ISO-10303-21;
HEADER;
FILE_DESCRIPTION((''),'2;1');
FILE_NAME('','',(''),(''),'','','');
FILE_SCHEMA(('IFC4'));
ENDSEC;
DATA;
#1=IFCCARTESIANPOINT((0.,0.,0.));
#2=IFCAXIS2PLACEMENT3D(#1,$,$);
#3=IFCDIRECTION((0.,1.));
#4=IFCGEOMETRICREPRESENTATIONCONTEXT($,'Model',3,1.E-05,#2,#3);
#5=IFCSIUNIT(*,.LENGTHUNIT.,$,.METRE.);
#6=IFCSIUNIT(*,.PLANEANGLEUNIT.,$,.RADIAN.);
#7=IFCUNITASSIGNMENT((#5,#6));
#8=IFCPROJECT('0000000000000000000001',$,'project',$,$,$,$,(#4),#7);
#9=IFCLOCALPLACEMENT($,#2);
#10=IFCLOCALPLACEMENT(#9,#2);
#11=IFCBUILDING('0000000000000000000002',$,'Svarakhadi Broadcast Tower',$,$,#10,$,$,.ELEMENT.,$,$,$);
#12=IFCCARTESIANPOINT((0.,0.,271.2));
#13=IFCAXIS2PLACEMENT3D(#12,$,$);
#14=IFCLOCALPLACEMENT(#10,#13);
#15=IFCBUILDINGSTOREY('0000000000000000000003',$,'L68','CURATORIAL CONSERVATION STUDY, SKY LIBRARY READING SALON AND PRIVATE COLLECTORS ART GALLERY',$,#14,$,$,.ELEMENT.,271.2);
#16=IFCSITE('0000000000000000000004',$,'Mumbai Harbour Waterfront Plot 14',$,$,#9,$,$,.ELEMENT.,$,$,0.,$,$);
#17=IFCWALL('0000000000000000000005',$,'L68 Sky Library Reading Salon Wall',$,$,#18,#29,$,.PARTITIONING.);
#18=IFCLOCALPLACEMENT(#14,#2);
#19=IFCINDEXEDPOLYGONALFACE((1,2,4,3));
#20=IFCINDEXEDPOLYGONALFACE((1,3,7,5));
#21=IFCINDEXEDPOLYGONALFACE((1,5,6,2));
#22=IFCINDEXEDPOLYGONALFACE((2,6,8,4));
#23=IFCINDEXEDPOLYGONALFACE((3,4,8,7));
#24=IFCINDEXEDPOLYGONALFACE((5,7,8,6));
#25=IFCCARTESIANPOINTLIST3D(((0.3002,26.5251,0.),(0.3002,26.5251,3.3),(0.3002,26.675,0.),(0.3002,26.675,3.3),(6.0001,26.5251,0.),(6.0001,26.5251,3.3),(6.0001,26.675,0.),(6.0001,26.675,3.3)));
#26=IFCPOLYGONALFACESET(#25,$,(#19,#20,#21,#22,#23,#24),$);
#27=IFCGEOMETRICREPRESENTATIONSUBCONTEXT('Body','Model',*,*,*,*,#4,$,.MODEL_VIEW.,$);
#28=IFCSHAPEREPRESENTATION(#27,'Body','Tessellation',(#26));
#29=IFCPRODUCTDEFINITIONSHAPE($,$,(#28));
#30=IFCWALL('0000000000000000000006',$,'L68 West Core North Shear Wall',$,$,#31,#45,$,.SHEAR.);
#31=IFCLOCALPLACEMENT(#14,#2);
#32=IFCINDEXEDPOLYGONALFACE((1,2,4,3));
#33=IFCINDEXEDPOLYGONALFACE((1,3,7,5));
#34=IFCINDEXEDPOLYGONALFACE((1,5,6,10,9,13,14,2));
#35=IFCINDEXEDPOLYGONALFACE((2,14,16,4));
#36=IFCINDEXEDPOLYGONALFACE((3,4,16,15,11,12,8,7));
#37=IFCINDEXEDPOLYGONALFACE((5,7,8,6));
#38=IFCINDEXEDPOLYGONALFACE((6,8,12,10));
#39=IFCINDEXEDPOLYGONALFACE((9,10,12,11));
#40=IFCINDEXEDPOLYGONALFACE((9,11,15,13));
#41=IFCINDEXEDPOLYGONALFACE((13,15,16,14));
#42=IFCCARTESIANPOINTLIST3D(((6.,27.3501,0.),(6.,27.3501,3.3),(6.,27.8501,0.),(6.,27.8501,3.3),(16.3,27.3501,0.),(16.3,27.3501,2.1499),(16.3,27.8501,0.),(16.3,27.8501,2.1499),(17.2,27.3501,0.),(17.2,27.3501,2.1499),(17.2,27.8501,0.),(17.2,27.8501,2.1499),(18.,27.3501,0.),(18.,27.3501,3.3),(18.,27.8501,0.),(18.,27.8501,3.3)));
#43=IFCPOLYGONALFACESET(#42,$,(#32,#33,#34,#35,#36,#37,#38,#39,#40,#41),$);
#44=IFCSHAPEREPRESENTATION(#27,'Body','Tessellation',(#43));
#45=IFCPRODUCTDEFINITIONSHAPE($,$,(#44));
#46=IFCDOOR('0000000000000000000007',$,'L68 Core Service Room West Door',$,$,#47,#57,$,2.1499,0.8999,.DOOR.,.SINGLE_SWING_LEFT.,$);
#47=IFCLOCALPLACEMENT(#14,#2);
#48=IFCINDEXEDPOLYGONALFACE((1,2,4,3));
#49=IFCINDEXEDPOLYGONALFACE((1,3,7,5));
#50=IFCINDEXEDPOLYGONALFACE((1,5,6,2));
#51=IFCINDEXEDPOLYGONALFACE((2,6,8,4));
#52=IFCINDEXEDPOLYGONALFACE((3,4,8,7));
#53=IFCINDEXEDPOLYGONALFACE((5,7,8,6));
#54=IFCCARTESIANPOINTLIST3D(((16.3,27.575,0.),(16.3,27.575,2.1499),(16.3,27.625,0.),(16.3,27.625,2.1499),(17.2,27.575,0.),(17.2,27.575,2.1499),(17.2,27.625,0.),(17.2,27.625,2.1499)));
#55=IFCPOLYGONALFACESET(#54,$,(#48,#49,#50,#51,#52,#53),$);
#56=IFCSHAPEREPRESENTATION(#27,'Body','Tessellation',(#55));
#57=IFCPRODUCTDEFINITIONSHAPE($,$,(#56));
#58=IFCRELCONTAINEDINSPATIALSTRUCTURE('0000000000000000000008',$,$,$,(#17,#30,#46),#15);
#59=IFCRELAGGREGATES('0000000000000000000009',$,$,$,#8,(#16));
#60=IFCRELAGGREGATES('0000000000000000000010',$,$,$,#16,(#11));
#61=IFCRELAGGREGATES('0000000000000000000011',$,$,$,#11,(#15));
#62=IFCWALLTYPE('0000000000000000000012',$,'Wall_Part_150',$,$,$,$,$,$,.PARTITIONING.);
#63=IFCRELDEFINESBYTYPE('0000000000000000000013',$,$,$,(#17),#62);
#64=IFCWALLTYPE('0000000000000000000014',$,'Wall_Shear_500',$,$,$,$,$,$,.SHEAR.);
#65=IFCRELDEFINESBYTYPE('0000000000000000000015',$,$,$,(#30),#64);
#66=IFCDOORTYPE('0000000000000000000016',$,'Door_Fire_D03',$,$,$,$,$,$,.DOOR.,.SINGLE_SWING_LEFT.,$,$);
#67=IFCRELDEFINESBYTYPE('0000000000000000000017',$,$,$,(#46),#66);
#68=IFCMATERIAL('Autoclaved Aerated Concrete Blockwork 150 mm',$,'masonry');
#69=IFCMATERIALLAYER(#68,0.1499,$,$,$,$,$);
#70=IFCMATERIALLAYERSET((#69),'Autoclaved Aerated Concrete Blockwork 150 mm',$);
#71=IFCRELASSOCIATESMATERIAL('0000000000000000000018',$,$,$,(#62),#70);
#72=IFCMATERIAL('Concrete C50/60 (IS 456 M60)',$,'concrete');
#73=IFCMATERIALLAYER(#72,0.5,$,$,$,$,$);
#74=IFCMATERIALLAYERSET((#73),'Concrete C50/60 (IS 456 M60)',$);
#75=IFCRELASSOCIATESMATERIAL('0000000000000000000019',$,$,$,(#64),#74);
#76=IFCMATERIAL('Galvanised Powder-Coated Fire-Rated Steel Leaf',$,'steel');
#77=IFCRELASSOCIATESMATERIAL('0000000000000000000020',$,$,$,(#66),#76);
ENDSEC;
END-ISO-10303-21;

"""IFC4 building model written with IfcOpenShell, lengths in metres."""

from ifc_helpers import new_model, si_unit, direction, frame, frame_2d, origin, place, context, subcontext, project, spatial, rectangle, extrude, material, layer, layer_set, type_object, element, fill, save


model = new_model("IFC4")

# Units and contexts
model_context = context("Model", 3, precision=1e-05, world=origin(), true_north=direction((0.0, 1.0)))
body_context = subcontext(model_context, "Body", "Model", "MODEL_VIEW")
ifc_project = project(units=[si_unit("LENGTHUNIT", "METRE"), si_unit("PLANEANGLEUNIT", "RADIAN")], contexts=[model_context])

# Site, building, storey
site_placement = place(None, origin())
site = spatial("IfcSite", under=ifc_project, at=site_placement, Name="Mumbai Harbour Waterfront Plot 14", CompositionType="ELEMENT", RefElevation=0.0)
building_placement = place(site_placement, origin())
building = spatial("IfcBuilding", under=site, at=building_placement, Name="Svarakhadi Broadcast Tower", CompositionType="ELEMENT")
storey_placement = place(building_placement, frame((0.0, 0.0, 271.2)))
storey = spatial("IfcBuildingStorey", under=building, at=storey_placement, Name="L68", Description="CURATORIAL CONSERVATION STUDY, SKY LIBRARY READING SALON AND PRIVATE COLLECTORS ART GALLERY", CompositionType="ELEMENT", Elevation=271.2)

# Shared definitions
ifc_material_1 = material(Name="Concrete C50/60 (IS 456 M60)", Category="concrete")

# Wall
ifc_material_2 = material(Name="Autoclaved Aerated Concrete Blockwork 150 mm", Category="masonry")
ifc_layer_1 = layer(ifc_material_2, 0.1499)
ifc_layer_set_1 = layer_set([ifc_layer_1], Name="Autoclaved Aerated Concrete Blockwork 150 mm")
wall_type_1 = type_object("IfcWallType", Name="Wall_Part_150", PredefinedType="PARTITIONING", material=ifc_layer_set_1)
wall_1_placement = place(storey_placement, frame((0.3, 26.6001, 0.0), z_axis=(0.0, 0.0, 1.0), x_axis=(1.0, 0.0, 0.0)))
element("IfcWall", 1, at=wall_1_placement, inside=storey, type_object=wall_type_1, Name="L68 Sky Library Reading Salon Wall", PredefinedType="PARTITIONING", context=body_context, shape_type="SweptSolid", body=[
    extrude(rectangle(XDim=5.7, YDim=0.1499, at=frame_2d((2.8501, 0.0))), origin(), (0.0, 0.0, 1.0), 3.3),
])

# Wall, opening, door
ifc_layer_2 = layer(ifc_material_1, 0.5)
ifc_layer_set_2 = layer_set([ifc_layer_2], Name="Concrete C50/60 (IS 456 M60)")
wall_type_2 = type_object("IfcWallType", Name="Wall_Shear_500", PredefinedType="SHEAR", material=ifc_layer_set_2)
wall_2_placement = place(storey_placement, frame((6.0, 27.6001, 0.0), z_axis=(0.0, 0.0, 1.0), x_axis=(1.0, 0.0, 0.0)))
wall_2 = element("IfcWall", 2, at=wall_2_placement, inside=storey, type_object=wall_type_2, Name="L68 West Core North Shear Wall", PredefinedType="SHEAR", context=body_context, shape_type="SweptSolid", body=[
    extrude(rectangle(XDim=12.0, YDim=0.5, at=frame_2d((6.0, 0.0))), origin(), (0.0, 0.0, 1.0), 3.3),
])
opening_placement = place(wall_2_placement, frame((10.3, 0.0, 0.0)))
opening = element("IfcOpeningElement", 3, at=opening_placement, cuts=wall_2, PredefinedType="OPENING", context=body_context, shape_type="SweptSolid", body=[
    extrude(rectangle(XDim=0.8999, YDim=2.1499, at=frame_2d((0.45, 1.075))), frame((0.0, 0.26, 0.0), z_axis=(0.0, -1.0, 0.0), x_axis=(1.0, 0.0, 0.0)), (0.0, 0.0, 1.0), 0.52),
])
ifc_material_3 = material(Name="Galvanised Powder-Coated Fire-Rated Steel Leaf", Category="steel")
door_type = type_object("IfcDoorType", Name="Door_Fire_D03", OperationType="SINGLE_SWING_LEFT", PredefinedType="DOOR", material=ifc_material_3)
door_placement = place(opening_placement, origin())
door = element("IfcDoor", 4, at=door_placement, inside=storey, type_object=door_type, Name="L68 Core Service Room West Door", OperationType="SINGLE_SWING_LEFT", OverallHeight=2.1499, OverallWidth=0.8999, PredefinedType="DOOR", context=body_context, shape_type="SweptSolid", body=[
    extrude(rectangle(XDim=0.8999, YDim=2.1499, at=frame_2d((0.45, 1.075))), frame((0.0, 0.0249, 0.0), z_axis=(0.0, -1.0, 0.0), x_axis=(1.0, 0.0, 0.0)), (0.0, 0.0, 1.0), 0.05),
])
fill(opening, door)

save(model, "model.ifc")
